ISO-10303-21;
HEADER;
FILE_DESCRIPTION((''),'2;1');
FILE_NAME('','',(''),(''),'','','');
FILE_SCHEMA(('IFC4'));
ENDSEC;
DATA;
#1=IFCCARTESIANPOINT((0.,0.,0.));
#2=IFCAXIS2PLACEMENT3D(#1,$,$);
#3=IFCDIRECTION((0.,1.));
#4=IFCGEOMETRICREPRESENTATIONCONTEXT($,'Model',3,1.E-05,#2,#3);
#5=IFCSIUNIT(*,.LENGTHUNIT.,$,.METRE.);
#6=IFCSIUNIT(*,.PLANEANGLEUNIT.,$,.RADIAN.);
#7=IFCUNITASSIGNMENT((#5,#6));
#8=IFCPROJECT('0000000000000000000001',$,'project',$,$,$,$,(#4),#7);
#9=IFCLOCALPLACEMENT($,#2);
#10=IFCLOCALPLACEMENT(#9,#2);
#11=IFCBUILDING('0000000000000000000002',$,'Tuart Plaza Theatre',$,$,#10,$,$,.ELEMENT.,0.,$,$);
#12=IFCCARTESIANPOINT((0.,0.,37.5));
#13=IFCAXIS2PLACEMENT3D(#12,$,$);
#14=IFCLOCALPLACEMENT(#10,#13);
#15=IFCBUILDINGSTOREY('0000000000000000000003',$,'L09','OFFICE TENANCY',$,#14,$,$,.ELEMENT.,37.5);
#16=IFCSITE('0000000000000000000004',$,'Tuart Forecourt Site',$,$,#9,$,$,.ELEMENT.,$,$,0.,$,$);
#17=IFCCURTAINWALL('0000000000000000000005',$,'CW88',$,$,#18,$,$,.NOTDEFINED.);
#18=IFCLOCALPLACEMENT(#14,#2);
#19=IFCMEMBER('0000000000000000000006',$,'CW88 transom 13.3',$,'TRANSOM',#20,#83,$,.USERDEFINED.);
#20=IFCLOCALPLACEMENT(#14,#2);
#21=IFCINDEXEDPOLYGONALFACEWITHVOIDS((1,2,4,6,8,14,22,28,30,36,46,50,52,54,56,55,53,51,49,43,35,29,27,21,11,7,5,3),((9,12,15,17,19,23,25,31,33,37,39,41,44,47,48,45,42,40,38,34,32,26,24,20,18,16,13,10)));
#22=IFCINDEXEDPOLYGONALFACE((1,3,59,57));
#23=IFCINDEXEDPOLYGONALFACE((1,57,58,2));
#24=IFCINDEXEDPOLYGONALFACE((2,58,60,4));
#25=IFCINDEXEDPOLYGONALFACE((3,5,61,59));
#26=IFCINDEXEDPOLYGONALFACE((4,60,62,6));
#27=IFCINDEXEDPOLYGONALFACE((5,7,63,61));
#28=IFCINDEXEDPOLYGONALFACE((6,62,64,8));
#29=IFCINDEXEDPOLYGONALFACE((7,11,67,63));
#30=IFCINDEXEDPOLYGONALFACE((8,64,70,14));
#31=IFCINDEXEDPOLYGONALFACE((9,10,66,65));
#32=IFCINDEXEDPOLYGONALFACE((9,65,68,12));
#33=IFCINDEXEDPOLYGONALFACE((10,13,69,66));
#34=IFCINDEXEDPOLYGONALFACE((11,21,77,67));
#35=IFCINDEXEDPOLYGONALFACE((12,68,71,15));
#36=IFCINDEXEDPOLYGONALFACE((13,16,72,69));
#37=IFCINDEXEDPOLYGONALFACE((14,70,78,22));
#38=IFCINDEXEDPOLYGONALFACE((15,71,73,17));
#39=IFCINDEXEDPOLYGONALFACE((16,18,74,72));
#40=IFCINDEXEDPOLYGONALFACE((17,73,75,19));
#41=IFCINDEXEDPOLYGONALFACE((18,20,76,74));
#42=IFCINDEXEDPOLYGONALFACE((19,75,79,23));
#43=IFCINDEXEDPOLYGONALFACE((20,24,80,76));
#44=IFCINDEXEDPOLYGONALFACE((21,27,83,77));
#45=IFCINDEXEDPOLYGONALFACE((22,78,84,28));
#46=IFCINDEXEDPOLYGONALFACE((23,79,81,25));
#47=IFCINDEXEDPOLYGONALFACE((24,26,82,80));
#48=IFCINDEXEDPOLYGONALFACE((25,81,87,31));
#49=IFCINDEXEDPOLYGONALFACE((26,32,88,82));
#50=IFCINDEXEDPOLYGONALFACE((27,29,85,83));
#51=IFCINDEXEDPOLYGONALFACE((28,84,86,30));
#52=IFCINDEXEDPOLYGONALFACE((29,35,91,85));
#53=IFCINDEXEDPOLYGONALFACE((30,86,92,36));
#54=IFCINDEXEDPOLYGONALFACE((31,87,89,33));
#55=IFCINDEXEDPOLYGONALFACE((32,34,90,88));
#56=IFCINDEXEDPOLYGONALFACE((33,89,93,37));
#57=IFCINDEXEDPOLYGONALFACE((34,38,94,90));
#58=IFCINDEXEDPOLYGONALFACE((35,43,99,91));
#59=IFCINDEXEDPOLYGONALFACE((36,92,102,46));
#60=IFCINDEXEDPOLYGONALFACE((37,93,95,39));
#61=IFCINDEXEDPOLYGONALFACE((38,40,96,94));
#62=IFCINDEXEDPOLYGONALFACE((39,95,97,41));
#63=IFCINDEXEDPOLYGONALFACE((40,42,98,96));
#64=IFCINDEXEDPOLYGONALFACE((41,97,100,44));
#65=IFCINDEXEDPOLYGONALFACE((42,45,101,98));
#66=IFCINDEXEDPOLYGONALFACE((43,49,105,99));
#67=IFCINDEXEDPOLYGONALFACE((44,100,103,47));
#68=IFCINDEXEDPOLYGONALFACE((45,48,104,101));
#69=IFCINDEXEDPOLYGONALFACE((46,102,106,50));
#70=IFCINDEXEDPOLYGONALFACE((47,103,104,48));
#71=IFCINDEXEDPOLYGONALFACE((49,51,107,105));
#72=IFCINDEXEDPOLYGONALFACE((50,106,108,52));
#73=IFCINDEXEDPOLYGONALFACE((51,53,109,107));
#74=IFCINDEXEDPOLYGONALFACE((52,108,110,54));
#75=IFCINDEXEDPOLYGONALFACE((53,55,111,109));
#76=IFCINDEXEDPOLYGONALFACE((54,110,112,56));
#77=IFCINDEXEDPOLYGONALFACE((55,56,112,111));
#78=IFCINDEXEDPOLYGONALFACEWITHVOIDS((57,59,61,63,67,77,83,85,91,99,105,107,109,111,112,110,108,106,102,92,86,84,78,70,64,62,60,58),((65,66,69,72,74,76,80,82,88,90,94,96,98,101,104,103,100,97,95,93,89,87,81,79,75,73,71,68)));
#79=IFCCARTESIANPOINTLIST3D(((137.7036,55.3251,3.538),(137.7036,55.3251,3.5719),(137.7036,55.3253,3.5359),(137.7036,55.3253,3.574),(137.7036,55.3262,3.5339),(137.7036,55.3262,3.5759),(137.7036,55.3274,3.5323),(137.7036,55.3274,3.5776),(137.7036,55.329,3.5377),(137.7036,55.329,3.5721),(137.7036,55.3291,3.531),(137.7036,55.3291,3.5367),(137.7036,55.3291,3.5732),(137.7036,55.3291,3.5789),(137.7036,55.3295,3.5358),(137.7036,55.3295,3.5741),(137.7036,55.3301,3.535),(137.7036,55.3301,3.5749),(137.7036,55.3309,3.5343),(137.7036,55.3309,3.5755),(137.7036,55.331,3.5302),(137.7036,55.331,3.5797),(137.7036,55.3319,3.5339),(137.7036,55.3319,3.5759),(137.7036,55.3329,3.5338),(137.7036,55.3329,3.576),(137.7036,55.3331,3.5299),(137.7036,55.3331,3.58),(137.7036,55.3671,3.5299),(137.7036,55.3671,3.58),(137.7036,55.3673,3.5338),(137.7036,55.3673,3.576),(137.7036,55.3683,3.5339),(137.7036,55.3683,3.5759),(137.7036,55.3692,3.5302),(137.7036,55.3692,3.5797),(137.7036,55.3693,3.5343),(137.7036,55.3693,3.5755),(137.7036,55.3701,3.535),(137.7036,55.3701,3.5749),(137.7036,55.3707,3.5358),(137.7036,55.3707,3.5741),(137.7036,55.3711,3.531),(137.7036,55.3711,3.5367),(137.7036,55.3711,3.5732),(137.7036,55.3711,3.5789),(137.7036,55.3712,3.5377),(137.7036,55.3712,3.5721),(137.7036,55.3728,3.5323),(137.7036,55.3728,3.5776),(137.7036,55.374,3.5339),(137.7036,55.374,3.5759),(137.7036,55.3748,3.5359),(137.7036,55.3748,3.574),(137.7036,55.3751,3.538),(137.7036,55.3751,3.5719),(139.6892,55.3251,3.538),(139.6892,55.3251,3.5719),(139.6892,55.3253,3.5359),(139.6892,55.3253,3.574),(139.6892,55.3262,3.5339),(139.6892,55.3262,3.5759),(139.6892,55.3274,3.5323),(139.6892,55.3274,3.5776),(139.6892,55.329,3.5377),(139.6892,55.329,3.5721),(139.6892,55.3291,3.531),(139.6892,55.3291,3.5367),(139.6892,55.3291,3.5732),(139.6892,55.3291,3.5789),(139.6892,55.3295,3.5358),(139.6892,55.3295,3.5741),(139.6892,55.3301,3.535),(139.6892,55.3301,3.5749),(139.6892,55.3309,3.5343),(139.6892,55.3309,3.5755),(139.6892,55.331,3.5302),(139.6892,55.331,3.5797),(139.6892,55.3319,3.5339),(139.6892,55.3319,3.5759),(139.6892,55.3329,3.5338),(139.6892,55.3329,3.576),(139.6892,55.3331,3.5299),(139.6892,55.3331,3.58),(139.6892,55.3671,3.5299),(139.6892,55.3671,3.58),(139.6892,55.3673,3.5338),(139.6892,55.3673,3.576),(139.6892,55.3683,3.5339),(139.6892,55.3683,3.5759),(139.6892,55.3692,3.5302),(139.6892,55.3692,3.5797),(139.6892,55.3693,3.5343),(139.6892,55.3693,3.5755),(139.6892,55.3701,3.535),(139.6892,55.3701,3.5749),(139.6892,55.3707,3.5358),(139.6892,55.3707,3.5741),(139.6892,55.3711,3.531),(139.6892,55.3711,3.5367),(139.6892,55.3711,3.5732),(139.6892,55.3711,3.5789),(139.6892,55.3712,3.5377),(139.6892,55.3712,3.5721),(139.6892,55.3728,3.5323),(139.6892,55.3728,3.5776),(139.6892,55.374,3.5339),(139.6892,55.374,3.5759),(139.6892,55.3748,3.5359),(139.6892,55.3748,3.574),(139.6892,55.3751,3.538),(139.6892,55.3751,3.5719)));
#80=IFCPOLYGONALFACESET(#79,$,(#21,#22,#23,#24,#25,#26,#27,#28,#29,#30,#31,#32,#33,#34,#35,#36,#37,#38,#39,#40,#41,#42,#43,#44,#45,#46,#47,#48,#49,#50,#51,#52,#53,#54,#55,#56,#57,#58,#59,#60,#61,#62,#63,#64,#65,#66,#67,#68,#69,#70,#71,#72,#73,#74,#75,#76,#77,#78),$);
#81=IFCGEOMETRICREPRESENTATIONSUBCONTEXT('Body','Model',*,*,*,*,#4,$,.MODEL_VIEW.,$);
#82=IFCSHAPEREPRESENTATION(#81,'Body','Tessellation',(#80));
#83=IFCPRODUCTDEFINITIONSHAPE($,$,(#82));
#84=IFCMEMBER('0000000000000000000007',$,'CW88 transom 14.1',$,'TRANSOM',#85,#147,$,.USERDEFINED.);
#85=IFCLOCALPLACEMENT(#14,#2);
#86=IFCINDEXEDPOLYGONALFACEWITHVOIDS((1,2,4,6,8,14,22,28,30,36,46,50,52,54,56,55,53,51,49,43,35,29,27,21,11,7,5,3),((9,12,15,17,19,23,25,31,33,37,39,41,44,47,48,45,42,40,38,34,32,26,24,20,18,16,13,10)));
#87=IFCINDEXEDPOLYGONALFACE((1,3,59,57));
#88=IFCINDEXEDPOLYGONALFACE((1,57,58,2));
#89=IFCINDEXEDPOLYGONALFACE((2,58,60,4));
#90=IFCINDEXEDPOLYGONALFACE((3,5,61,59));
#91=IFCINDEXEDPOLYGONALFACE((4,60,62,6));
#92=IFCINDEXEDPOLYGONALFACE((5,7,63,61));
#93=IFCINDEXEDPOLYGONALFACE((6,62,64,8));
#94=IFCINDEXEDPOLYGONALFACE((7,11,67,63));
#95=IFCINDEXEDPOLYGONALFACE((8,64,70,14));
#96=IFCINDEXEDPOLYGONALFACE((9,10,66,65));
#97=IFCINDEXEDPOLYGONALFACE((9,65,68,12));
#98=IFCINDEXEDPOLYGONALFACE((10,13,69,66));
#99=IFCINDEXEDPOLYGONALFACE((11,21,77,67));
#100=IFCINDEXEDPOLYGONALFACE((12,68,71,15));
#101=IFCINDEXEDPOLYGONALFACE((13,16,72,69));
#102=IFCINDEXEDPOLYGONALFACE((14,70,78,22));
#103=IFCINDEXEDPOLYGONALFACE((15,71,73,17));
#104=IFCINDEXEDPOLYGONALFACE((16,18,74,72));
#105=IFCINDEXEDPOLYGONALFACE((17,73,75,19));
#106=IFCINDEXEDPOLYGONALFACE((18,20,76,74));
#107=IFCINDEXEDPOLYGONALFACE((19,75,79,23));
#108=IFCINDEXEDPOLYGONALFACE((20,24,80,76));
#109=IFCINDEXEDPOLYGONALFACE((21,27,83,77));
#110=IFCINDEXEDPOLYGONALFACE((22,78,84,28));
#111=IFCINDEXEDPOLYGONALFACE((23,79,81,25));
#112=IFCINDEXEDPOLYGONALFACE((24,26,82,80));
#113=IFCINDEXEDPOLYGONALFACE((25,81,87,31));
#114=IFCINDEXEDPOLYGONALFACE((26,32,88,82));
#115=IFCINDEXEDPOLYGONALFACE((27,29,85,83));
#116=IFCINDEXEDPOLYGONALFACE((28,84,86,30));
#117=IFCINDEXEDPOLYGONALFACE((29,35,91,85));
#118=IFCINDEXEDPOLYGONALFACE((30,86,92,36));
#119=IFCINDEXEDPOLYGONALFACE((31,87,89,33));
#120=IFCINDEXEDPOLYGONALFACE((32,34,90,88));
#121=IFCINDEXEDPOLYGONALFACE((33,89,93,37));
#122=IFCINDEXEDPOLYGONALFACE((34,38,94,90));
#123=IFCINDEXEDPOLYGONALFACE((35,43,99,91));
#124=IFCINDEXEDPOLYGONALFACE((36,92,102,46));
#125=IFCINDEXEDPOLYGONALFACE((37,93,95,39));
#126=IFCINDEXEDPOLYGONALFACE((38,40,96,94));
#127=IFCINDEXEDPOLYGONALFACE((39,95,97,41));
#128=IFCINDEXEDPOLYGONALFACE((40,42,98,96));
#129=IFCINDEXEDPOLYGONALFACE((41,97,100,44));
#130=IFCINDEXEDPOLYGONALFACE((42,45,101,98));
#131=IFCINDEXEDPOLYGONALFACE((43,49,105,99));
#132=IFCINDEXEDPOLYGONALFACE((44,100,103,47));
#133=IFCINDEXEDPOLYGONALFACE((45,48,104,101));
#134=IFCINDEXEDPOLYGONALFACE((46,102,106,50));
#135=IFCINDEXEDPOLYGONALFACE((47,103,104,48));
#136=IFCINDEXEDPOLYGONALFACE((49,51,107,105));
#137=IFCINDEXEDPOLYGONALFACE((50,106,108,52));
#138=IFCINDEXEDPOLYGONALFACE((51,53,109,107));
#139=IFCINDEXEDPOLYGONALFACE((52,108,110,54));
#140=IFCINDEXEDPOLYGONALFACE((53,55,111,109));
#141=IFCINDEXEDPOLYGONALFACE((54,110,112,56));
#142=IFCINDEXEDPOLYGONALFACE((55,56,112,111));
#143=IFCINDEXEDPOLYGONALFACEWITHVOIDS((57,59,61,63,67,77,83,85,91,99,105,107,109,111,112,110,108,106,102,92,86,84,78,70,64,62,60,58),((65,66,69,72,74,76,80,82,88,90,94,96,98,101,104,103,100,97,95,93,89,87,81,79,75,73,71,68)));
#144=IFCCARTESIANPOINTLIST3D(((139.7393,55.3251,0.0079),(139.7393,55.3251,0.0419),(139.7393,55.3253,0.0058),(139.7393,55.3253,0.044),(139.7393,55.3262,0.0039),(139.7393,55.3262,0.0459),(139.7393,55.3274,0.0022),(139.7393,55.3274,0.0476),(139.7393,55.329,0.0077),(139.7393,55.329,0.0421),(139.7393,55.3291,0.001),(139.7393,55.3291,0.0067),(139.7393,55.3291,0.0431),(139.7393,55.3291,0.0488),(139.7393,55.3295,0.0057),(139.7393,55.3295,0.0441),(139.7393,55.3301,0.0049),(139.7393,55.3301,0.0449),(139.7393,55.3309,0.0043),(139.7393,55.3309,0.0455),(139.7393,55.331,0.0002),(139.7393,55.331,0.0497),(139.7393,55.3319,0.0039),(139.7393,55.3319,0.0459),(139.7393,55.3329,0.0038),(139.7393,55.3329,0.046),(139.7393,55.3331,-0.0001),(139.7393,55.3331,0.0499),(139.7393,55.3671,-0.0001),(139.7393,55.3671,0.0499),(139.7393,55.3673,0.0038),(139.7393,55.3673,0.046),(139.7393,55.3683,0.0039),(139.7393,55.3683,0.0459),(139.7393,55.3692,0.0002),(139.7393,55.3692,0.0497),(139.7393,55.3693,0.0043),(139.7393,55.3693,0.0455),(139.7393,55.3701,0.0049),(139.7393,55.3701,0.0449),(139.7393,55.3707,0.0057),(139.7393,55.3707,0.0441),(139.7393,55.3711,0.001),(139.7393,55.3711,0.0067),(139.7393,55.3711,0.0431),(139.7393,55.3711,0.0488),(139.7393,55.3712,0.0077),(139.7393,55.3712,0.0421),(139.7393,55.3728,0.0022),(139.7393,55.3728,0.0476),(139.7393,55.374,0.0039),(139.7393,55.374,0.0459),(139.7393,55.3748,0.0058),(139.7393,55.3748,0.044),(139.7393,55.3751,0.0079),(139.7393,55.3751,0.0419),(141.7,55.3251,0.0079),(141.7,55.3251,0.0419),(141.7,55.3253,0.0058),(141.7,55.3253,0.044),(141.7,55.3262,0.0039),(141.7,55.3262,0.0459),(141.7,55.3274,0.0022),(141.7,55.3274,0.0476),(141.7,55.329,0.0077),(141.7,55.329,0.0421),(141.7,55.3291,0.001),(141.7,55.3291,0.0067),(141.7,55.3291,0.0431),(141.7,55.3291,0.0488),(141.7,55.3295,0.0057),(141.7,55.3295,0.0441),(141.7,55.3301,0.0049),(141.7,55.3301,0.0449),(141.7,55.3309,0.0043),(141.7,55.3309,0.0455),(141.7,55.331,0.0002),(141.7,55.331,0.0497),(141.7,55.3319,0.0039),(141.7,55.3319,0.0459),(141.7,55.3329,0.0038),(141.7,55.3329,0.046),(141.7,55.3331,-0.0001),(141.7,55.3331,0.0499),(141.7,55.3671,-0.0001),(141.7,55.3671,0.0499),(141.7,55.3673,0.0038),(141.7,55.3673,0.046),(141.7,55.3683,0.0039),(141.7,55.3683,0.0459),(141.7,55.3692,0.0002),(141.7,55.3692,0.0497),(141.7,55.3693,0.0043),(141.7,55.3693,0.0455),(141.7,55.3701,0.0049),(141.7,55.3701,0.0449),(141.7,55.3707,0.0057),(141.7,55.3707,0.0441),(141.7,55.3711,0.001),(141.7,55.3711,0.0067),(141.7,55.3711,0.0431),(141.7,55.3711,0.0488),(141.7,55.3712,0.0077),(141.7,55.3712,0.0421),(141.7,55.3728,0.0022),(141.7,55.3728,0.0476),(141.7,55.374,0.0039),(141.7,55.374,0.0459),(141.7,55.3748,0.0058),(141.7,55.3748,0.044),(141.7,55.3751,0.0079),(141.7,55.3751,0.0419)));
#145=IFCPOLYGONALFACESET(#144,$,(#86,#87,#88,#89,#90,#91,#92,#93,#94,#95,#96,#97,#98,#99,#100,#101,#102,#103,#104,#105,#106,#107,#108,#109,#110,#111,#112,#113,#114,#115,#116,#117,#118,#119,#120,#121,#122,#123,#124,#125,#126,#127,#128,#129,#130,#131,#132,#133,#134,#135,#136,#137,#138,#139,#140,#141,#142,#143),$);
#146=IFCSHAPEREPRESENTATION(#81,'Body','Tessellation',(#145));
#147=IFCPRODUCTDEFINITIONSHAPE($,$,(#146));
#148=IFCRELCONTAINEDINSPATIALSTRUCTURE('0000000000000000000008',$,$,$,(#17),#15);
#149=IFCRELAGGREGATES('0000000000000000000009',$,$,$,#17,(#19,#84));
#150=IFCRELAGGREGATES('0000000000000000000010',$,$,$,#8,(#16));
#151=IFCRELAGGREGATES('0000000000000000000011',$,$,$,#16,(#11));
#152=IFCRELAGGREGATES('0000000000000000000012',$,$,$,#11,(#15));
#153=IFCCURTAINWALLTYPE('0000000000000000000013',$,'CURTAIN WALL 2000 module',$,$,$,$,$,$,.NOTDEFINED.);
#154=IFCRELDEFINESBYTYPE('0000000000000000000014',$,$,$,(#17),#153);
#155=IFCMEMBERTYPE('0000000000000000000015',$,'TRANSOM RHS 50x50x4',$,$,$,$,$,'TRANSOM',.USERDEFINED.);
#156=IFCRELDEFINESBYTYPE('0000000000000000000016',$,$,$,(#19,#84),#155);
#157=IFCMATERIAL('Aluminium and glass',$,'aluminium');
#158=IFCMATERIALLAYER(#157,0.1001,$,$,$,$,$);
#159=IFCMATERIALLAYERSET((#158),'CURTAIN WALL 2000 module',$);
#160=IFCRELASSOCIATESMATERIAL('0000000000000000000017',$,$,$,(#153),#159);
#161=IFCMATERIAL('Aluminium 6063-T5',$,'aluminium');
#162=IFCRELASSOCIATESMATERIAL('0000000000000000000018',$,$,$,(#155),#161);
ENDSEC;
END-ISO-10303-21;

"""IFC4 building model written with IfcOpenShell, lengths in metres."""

from ifc_helpers import new_model, si_unit, direction, frame, origin, origin_2d, place, context, subcontext, project, spatial, hollow_rectangle, extrude, material, layer, layer_set, material_profile, profile_set, type_object, element, aggregate, save


model = new_model("IFC4")

# Units and contexts
model_context = context("Model", 3, precision=1e-05, world=origin(), true_north=direction((0.0, 1.0)))
body_context = subcontext(model_context, "Body", "Model", "MODEL_VIEW")
ifc_project = project(units=[si_unit("LENGTHUNIT", "METRE"), si_unit("PLANEANGLEUNIT", "RADIAN")], contexts=[model_context])

# Site, building, storey
site_placement = place(None, origin())
site = spatial("IfcSite", under=ifc_project, at=site_placement, Name="Tuart Forecourt Site", CompositionType="ELEMENT", RefElevation=0.0)
building_placement = place(site_placement, origin())
building = spatial("IfcBuilding", under=site, at=building_placement, Name="Tuart Plaza Theatre", CompositionType="ELEMENT", ElevationOfRefHeight=0.0)
storey_placement = place(building_placement, frame((0.0, 0.0, 37.5)))
storey = spatial("IfcBuildingStorey", under=building, at=storey_placement, Name="L09", Description="OFFICE TENANCY", CompositionType="ELEMENT", Elevation=37.5)

# Curtain wall
ifc_material_1 = material(Name="Aluminium and glass", Category="aluminium")
ifc_layer_1 = layer(ifc_material_1, 0.1001)
ifc_layer_set_1 = layer_set([ifc_layer_1], Name="CURTAIN WALL 2000 module")
curtain_wall_type = type_object("IfcCurtainWallType", Name="CURTAIN WALL 2000 module", PredefinedType="NOTDEFINED", material=ifc_layer_set_1)
curtain_wall_1_placement = place(storey_placement, origin())
curtain_wall_1 = element("IfcCurtainWall", 1, at=curtain_wall_1_placement, inside=storey, type_object=curtain_wall_type, Name="CW88", PredefinedType="NOTDEFINED")

# Members
ifc_material_2 = material(Name="Aluminium 6063-T5", Category="aluminium")
ifc_material_profile_1 = material_profile(ifc_material_2, hollow_rectangle(XDim=0.05, YDim=0.05, WallThickness=0.0039, InnerFilletRadius=0.0039, OuterFilletRadius=0.0081, at=origin_2d()), Name="RHS 50x50x4")
ifc_profile_set_1 = profile_set([ifc_material_profile_1], Name="Aluminium 6063-T5")
member_type_1 = type_object("IfcMemberType", Name="TRANSOM RHS 50x50x4", ElementType="TRANSOM", PredefinedType="USERDEFINED", material=ifc_profile_set_1)
member_1_placement = place(storey_placement, frame((137.7036, 55.3501, 3.5549), z_axis=(1.0, 0.0, 0.0), x_axis=(0.0, 1.0, 0.0)))
member_1 = element("IfcMember", 2, at=member_1_placement, type_object=member_type_1, Name="CW88 transom 13.3", ObjectType="TRANSOM", PredefinedType="USERDEFINED", context=body_context, shape_type="SweptSolid", body=[
    extrude(hollow_rectangle(XDim=0.05, YDim=0.05, WallThickness=0.0039, InnerFilletRadius=0.0039, OuterFilletRadius=0.0081, at=origin_2d()), origin(), (0.0, 0.0, 1.0), 1.9856),
])
member_2_placement = place(storey_placement, frame((139.7393, 55.3501, 0.0249), z_axis=(1.0, 0.0, 0.0), x_axis=(0.0, 1.0, 0.0)))
member_2 = element("IfcMember", 3, at=member_2_placement, type_object=member_type_1, Name="CW88 transom 14.1", ObjectType="TRANSOM", PredefinedType="USERDEFINED", context=body_context, shape_type="SweptSolid", body=[
    extrude(hollow_rectangle(XDim=0.05, YDim=0.05, WallThickness=0.0039, InnerFilletRadius=0.0039, OuterFilletRadius=0.0081, at=origin_2d()), origin(), (0.0, 0.0, 1.0), 1.9607),
])

aggregate(curtain_wall_1, [member_1, member_2])

save(model, "model.ifc")
